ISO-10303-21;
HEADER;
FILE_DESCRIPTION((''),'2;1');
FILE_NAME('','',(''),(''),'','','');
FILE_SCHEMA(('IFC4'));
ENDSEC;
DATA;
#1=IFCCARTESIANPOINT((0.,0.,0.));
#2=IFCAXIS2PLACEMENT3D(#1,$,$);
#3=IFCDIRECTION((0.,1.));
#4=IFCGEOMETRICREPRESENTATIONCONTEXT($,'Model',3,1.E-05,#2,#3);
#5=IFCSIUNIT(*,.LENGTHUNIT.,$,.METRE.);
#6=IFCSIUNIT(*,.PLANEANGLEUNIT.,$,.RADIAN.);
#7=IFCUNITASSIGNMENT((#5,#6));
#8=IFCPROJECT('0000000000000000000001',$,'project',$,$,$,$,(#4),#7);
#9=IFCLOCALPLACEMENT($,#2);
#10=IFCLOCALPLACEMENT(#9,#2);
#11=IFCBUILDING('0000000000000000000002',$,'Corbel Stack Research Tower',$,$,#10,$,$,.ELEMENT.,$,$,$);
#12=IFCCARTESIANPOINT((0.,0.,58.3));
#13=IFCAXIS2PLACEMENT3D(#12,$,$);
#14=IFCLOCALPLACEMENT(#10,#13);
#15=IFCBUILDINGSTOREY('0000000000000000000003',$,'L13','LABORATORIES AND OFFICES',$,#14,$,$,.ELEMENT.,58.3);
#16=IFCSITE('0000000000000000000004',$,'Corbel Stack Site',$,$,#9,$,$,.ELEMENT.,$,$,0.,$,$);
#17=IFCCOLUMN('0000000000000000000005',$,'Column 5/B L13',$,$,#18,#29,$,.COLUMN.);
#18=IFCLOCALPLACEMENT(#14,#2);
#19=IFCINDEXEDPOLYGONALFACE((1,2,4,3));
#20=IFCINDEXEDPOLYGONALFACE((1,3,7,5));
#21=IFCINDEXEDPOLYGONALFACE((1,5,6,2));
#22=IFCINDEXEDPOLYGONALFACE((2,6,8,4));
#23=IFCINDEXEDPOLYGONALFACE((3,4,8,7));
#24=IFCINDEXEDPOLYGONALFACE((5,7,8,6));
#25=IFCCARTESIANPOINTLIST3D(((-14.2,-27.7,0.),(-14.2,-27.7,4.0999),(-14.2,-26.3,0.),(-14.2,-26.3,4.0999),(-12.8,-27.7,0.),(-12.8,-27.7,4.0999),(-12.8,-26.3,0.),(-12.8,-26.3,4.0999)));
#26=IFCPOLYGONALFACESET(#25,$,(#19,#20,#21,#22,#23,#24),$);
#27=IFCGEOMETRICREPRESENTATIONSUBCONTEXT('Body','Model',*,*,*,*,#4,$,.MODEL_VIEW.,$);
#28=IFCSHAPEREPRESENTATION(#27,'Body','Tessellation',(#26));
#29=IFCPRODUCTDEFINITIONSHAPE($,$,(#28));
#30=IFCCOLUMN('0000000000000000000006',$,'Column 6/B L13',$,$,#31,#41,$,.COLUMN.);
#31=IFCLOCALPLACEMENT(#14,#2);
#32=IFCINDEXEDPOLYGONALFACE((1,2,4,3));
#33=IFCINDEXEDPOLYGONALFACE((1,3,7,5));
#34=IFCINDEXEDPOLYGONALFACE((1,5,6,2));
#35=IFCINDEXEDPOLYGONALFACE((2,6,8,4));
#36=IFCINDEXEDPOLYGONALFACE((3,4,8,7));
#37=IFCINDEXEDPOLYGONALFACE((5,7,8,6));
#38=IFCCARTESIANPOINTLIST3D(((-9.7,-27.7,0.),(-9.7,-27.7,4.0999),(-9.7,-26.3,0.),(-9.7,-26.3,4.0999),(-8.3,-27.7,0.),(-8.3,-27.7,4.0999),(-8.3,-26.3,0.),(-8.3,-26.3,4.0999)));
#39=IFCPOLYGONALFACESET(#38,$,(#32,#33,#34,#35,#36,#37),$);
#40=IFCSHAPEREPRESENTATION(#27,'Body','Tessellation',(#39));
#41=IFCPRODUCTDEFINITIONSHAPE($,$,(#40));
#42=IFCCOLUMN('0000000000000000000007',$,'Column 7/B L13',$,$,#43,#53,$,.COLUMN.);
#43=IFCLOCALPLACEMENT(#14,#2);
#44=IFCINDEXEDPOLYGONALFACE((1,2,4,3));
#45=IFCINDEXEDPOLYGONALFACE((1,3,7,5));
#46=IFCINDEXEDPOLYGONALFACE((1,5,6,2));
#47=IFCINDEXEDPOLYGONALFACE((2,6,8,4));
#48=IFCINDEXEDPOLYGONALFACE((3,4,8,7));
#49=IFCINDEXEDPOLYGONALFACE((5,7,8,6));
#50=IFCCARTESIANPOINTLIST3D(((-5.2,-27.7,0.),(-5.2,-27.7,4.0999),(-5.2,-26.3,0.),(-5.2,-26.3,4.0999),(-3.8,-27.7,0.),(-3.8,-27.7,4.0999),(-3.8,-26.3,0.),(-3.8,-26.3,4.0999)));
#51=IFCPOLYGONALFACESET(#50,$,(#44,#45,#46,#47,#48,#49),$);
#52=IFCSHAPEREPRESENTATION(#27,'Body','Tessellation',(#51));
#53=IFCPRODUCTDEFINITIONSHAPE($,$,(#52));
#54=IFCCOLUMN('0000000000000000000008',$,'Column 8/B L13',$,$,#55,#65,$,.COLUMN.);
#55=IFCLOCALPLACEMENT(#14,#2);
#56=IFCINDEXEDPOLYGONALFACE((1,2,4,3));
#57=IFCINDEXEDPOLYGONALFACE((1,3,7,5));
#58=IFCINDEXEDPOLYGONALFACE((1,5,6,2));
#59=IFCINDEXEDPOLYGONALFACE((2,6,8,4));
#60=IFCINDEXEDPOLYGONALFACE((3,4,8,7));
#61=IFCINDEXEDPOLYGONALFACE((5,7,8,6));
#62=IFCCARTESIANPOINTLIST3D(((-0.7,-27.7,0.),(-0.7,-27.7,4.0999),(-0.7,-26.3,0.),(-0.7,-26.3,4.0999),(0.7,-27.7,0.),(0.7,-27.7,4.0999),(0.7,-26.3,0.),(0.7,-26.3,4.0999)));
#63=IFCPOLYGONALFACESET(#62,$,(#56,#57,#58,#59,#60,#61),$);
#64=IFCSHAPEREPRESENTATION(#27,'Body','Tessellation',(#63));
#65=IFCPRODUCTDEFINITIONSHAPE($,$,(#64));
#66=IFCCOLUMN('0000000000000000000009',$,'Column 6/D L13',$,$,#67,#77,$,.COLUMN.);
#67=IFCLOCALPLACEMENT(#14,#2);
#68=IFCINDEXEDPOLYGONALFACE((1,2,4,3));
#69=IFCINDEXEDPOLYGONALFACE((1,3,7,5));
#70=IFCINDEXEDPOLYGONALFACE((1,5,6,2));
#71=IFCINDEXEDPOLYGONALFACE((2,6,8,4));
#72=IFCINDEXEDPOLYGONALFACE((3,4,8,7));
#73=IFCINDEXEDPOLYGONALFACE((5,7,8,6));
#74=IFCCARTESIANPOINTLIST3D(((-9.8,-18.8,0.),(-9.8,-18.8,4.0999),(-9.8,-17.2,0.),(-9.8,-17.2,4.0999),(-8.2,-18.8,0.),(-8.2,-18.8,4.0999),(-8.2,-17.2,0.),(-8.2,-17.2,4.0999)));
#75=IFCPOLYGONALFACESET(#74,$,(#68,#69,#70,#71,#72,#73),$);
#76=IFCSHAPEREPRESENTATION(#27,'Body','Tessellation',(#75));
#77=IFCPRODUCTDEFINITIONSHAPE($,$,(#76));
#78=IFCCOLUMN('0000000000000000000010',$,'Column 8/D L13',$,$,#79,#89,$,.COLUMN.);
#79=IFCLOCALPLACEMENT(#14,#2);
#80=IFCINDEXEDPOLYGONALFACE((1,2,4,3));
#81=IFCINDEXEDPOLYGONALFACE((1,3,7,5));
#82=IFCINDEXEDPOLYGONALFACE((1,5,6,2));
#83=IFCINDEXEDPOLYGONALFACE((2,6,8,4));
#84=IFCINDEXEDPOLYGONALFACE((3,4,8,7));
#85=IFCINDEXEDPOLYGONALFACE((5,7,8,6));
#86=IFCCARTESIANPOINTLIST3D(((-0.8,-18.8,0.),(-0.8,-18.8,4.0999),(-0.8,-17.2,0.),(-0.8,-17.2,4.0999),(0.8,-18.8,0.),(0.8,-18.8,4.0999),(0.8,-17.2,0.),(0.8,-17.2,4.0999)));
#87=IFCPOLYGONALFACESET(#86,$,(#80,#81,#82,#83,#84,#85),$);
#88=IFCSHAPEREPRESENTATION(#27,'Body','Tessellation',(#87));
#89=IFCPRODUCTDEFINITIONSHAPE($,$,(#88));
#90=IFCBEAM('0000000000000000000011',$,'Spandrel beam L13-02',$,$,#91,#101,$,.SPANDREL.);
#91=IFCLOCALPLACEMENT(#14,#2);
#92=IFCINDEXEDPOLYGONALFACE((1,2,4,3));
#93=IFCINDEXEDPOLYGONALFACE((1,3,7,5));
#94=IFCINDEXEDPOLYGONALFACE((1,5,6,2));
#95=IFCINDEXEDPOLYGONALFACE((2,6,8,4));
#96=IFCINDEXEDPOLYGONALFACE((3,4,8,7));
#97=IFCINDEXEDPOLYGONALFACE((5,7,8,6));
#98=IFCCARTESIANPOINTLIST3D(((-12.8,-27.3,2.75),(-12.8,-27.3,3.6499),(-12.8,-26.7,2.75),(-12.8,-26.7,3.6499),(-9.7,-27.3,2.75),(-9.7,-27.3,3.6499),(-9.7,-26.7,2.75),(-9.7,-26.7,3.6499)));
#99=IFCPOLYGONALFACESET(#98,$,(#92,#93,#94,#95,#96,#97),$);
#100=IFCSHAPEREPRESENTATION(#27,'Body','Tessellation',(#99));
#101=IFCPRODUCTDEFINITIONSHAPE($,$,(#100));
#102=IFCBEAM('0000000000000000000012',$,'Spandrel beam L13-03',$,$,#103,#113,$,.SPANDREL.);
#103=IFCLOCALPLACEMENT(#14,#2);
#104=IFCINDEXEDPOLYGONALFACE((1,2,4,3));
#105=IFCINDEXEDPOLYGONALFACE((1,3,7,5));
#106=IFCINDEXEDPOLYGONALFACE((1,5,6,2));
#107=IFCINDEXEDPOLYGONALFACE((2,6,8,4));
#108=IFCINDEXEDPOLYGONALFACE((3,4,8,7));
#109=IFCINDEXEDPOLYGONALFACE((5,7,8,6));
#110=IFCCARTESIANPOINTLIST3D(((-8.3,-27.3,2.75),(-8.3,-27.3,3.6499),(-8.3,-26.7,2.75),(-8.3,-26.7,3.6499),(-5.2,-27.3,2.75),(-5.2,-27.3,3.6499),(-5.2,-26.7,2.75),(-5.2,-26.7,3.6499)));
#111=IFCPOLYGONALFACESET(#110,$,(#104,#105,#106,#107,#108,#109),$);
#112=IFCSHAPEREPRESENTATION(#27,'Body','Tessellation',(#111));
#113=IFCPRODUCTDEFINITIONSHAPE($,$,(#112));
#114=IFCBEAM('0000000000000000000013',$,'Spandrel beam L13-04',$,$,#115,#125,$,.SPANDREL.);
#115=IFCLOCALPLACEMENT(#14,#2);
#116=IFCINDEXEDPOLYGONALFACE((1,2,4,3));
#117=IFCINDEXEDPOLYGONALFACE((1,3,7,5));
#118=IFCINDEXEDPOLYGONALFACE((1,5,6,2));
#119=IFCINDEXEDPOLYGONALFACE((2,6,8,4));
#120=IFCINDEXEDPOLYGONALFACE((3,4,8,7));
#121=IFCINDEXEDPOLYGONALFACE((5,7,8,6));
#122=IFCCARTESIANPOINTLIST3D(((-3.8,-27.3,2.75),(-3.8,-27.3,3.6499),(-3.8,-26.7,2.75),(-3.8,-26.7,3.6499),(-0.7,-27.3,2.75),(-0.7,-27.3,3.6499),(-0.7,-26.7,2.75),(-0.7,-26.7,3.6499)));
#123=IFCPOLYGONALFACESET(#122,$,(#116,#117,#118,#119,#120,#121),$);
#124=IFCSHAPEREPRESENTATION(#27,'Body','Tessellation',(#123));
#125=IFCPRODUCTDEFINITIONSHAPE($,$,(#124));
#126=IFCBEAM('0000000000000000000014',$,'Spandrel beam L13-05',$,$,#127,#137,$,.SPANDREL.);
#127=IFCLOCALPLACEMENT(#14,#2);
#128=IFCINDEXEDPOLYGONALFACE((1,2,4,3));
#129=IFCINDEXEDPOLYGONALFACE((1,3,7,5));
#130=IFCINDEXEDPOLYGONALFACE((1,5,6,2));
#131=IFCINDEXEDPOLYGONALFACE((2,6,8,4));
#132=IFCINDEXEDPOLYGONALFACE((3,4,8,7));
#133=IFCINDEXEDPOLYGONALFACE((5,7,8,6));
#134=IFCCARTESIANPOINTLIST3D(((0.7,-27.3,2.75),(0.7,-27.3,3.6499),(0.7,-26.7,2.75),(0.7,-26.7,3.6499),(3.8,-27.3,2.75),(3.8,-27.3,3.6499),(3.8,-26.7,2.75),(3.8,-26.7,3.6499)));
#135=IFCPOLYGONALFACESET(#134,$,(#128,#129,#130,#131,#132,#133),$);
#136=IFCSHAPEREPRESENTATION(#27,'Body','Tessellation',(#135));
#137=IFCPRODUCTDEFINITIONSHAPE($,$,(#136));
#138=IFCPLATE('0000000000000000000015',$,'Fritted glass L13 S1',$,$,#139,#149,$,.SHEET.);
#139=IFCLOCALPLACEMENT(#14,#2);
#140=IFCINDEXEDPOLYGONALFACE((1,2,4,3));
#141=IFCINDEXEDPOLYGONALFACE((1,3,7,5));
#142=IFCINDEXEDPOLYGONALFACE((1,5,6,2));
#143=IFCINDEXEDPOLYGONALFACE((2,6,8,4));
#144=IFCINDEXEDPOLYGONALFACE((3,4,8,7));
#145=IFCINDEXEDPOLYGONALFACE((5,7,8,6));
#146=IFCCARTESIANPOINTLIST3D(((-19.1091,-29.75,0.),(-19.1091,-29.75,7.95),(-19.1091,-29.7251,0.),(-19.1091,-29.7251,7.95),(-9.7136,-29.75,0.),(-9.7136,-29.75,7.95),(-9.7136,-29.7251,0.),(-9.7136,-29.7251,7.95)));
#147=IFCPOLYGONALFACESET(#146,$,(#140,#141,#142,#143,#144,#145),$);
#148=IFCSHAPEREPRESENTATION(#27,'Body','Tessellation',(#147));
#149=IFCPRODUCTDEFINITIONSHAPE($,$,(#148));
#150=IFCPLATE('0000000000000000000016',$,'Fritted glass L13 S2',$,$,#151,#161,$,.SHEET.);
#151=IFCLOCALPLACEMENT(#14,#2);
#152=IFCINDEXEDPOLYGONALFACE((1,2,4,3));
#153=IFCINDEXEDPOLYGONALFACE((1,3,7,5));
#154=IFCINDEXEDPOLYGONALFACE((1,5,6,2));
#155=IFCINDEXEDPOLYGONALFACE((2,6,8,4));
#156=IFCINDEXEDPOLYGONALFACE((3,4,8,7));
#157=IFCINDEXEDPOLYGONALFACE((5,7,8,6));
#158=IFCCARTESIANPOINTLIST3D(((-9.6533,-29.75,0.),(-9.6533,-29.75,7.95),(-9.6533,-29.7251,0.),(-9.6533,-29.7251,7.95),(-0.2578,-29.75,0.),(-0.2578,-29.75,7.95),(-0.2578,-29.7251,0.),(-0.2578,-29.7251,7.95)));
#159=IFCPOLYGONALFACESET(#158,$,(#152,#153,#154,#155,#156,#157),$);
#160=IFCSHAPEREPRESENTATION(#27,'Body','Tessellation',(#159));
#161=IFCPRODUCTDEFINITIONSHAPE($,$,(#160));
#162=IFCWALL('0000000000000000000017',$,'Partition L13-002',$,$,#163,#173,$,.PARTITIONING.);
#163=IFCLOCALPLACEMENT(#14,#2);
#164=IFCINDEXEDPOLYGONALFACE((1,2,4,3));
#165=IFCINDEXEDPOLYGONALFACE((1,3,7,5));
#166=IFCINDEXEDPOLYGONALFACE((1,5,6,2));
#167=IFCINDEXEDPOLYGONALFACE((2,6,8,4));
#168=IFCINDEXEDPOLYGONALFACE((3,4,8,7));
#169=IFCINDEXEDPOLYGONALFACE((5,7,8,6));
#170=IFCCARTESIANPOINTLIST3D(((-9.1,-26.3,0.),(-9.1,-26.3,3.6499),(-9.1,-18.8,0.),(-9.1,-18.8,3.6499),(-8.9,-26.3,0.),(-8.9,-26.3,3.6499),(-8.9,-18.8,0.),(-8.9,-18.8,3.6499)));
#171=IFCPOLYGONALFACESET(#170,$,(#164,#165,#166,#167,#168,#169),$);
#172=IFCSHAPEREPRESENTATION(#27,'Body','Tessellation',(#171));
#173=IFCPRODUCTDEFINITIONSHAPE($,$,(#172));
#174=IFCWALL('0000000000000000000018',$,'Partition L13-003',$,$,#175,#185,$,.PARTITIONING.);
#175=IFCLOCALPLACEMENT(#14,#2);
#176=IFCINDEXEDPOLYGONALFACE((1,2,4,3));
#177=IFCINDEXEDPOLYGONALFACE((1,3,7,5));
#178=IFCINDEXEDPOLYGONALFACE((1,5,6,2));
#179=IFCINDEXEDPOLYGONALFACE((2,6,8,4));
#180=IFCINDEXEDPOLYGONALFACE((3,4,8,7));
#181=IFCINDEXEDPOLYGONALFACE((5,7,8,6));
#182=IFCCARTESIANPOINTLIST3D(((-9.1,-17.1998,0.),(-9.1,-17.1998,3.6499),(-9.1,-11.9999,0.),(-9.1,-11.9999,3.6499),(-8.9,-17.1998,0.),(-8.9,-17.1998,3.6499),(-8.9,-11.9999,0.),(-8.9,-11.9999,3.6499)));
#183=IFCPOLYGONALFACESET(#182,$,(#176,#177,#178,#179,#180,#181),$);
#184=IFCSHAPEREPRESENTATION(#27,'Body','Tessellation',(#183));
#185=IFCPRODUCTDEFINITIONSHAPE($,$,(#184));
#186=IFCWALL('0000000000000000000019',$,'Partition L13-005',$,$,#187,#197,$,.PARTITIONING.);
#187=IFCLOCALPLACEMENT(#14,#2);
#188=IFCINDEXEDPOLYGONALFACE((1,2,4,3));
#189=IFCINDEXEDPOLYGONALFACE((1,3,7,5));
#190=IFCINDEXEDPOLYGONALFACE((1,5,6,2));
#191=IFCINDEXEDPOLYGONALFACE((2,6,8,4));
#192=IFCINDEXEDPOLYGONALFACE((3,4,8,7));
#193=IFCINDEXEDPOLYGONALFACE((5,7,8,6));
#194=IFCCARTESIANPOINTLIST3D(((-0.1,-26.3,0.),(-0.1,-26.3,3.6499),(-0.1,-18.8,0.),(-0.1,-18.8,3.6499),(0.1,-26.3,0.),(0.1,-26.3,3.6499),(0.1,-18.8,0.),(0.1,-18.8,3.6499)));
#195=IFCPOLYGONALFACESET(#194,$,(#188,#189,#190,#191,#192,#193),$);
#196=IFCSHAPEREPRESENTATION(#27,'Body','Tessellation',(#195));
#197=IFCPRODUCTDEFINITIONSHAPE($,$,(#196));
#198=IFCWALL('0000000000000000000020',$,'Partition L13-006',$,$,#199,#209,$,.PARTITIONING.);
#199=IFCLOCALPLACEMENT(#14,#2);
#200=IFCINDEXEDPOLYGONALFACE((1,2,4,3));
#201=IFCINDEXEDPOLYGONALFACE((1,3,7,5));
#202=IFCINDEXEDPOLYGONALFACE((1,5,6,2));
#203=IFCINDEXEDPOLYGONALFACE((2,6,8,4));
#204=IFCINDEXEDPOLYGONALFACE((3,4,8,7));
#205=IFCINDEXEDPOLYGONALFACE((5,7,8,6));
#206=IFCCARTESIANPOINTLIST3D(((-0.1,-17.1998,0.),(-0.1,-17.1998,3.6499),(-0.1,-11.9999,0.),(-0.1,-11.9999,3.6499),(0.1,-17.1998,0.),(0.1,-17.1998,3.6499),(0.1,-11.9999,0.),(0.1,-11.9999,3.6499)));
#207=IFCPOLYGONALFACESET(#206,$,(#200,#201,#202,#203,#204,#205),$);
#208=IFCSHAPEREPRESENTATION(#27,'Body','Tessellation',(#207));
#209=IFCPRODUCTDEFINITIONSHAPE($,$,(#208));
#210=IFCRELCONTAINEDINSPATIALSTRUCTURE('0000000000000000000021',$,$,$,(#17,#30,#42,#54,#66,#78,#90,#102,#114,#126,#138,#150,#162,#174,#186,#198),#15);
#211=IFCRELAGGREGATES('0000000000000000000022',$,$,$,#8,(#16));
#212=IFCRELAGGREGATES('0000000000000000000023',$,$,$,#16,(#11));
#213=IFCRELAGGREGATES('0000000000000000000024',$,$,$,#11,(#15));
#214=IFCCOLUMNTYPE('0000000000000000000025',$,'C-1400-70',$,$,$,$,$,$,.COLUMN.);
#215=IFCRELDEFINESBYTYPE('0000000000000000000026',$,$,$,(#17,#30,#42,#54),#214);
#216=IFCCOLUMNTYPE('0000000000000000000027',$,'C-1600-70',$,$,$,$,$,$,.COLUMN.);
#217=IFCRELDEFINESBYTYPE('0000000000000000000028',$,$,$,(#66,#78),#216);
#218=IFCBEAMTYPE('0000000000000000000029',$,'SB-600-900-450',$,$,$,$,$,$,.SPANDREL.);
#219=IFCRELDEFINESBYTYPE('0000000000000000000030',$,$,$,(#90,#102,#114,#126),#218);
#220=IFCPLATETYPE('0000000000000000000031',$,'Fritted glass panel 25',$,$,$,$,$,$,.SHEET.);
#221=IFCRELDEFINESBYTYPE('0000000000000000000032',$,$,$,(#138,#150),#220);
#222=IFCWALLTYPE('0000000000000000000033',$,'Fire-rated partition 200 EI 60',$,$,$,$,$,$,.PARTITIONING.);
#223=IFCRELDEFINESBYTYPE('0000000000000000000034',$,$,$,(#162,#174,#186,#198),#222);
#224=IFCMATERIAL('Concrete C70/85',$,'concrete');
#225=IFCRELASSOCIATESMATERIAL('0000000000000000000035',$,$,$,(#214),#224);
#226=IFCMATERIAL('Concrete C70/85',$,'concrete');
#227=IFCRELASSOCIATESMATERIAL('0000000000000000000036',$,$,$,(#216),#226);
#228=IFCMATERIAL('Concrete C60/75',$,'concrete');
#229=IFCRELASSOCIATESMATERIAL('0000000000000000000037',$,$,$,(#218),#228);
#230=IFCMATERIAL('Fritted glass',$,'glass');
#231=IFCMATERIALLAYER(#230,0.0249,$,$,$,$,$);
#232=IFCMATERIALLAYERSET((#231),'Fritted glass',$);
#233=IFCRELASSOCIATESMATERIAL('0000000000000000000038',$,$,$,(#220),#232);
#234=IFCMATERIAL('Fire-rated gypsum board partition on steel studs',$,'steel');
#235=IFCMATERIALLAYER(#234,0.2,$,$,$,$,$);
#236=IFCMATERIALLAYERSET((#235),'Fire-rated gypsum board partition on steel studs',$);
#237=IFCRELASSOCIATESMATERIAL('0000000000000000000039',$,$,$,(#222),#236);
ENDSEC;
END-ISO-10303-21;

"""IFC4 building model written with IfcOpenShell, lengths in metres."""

from ifc_helpers import new_model, si_unit, direction, frame, frame_2d, origin, origin_2d, place, context, subcontext, project, spatial, rectangle, extrude, material, layer, layer_set, material_profile, profile_set, type_object, element, save


model = new_model("IFC4")

# Units and contexts
model_context = context("Model", 3, precision=1e-05, world=origin(), true_north=direction((0.0, 1.0)))
body_context = subcontext(model_context, "Body", "Model", "MODEL_VIEW")
ifc_project = project(units=[si_unit("LENGTHUNIT", "METRE"), si_unit("PLANEANGLEUNIT", "RADIAN")], contexts=[model_context])

# Site, building, storey
site_placement = place(None, origin())
site = spatial("IfcSite", under=ifc_project, at=site_placement, Name="Corbel Stack Site", CompositionType="ELEMENT", RefElevation=0.0)
building_placement = place(site_placement, origin())
building = spatial("IfcBuilding", under=site, at=building_placement, Name="Corbel Stack Research Tower", CompositionType="ELEMENT")
storey_placement = place(building_placement, frame((0.0, 0.0, 58.3)))
storey = spatial("IfcBuildingStorey", under=building, at=storey_placement, Name="L13", Description="LABORATORIES AND OFFICES", CompositionType="ELEMENT", Elevation=58.3)

# Columns
ifc_material_1 = material(Name="Concrete C70/85", Category="concrete")
ifc_material_profile_1 = material_profile(ifc_material_1, rectangle(XDim=1.3999, YDim=1.3999, at=origin_2d()), Name="RC 1400 x 1400")
ifc_profile_set_1 = profile_set([ifc_material_profile_1], Name="Concrete C70/85")
column_type_1 = type_object("IfcColumnType", Name="C-1400-70", PredefinedType="COLUMN", material=ifc_profile_set_1)
for number, where, z_axis, x_axis, name in (
    (1, (-13.5, -27.0, 0.0), (0.0, 0.0, 1.0), (1.0, 0.0, 0.0), "Column 5/B L13"),
    (2, (-9.0, -27.0, 0.0), (0.0, 0.0, 1.0), (1.0, 0.0, 0.0), "Column 6/B L13"),
    (3, (-4.5, -27.0, 0.0), (0.0, 0.0, 1.0), (1.0, 0.0, 0.0), "Column 7/B L13"),
    (4, (0.0, -27.0, 0.0), (0.0, 0.0, 1.0), (1.0, 0.0, 0.0), "Column 8/B L13"),
):
    element("IfcColumn", number, at=place(storey_placement, frame(where, z_axis=z_axis, x_axis=x_axis)), inside=storey, type_object=column_type_1, Name=name, PredefinedType="COLUMN", context=body_context, shape_type="SweptSolid", body=[
        extrude(rectangle(XDim=1.3999, YDim=1.3999, at=origin_2d()), origin(), (0.0, 0.0, 1.0), 4.0999),
    ])
ifc_material_2 = material(Name="Concrete C70/85", Category="concrete")
ifc_material_profile_2 = material_profile(ifc_material_2, rectangle(XDim=1.6001, YDim=1.6001, at=origin_2d()), Name="RC 1600 x 1600")
ifc_profile_set_2 = profile_set([ifc_material_profile_2], Name="Concrete C70/85")
column_type_2 = type_object("IfcColumnType", Name="C-1600-70", PredefinedType="COLUMN", material=ifc_profile_set_2)
for number, where, z_axis, x_axis, name in (
    (5, (-9.0, -18.0, 0.0), (0.0, 0.0, 1.0), (1.0, 0.0, 0.0), "Column 6/D L13"),
    (6, (0.0, -18.0, 0.0), (0.0, 0.0, 1.0), (1.0, 0.0, 0.0), "Column 8/D L13"),
):
    element("IfcColumn", number, at=place(storey_placement, frame(where, z_axis=z_axis, x_axis=x_axis)), inside=storey, type_object=column_type_2, Name=name, PredefinedType="COLUMN", context=body_context, shape_type="SweptSolid", body=[
        extrude(rectangle(XDim=1.6001, YDim=1.6001, at=origin_2d()), origin(), (0.0, 0.0, 1.0), 4.0999),
    ])

# Beams
ifc_material_3 = material(Name="Concrete C60/75", Category="concrete")
ifc_material_profile_3 = material_profile(ifc_material_3, rectangle(XDim=0.6001, YDim=0.8999, at=origin_2d()), Name="RC 600 x 900")
ifc_profile_set_3 = profile_set([ifc_material_profile_3], Name="Concrete C60/75")
beam_type = type_object("IfcBeamType", Name="SB-600-900-450", PredefinedType="SPANDREL", material=ifc_profile_set_3)
for number, where, z_axis, x_axis, name in (
    (7, (-12.8, -27.0, 3.2), (1.0, 0.0, 0.0), (0.0, 1.0, 0.0), "Spandrel beam L13-02"),
    (8, (-8.3, -27.0, 3.2), (1.0, 0.0, 0.0), (0.0, 1.0, 0.0), "Spandrel beam L13-03"),
    (9, (-3.8, -27.0, 3.2), (1.0, 0.0, 0.0), (0.0, 1.0, 0.0), "Spandrel beam L13-04"),
    (10, (0.7, -27.0, 3.2), (1.0, 0.0, 0.0), (0.0, 1.0, 0.0), "Spandrel beam L13-05"),
):
    element("IfcBeam", number, at=place(storey_placement, frame(where, z_axis=z_axis, x_axis=x_axis)), inside=storey, type_object=beam_type, Name=name, PredefinedType="SPANDREL", context=body_context, shape_type="SweptSolid", body=[
        extrude(rectangle(XDim=0.6001, YDim=0.8999, at=origin_2d()), origin(), (0.0, 0.0, 1.0), 3.1001),
    ])

# Plates
ifc_material_4 = material(Name="Fritted glass", Category="glass")
ifc_layer_1 = layer(ifc_material_4, 0.0249)
ifc_layer_set_1 = layer_set([ifc_layer_1], Name="Fritted glass")
plate_type = type_object("IfcPlateType", Name="Fritted glass panel 25", PredefinedType="SHEET", material=ifc_layer_set_1)
for number, where, z_axis, x_axis, name in (
    (11, (-14.4114, -29.7375, 0.0), (0.0, 0.0, 1.0), (1.0, 0.0, 0.0), "Fritted glass L13 S1"),
    (12, (-4.9556, -29.7375, 0.0), (0.0, 0.0, 1.0), (1.0, 0.0, 0.0), "Fritted glass L13 S2"),
):
    element("IfcPlate", number, at=place(storey_placement, frame(where, z_axis=z_axis, x_axis=x_axis)), inside=storey, type_object=plate_type, Name=name, PredefinedType="SHEET", context=body_context, shape_type="SweptSolid", body=[
        extrude(rectangle(XDim=9.3955, YDim=0.0249, at=origin_2d()), origin(), (0.0, 0.0, 1.0), 7.95),
    ])

# Walls
ifc_material_5 = material(Name="Fire-rated gypsum board partition on steel studs", Category="steel")
ifc_layer_2 = layer(ifc_material_5, 0.2)
ifc_layer_set_2 = layer_set([ifc_layer_2], Name="Fire-rated gypsum board partition on steel studs")
wall_type_1 = type_object("IfcWallType", Name="Fire-rated partition 200 EI 60", PredefinedType="PARTITIONING", material=ifc_layer_set_2)
wall_1_placement = place(storey_placement, frame((-9.0, -26.3, 0.0), z_axis=(0.0, 0.0, 1.0), x_axis=(0.0, 1.0, 0.0)))
element("IfcWall", 13, at=wall_1_placement, inside=storey, type_object=wall_type_1, Name="Partition L13-002", PredefinedType="PARTITIONING", context=body_context, shape_type="SweptSolid", body=[
    extrude(rectangle(XDim=7.5, YDim=0.2, at=frame_2d((3.75, 0.0))), origin(), (0.0, 0.0, 1.0), 3.6499),
])
wall_2_placement = place(storey_placement, frame((-9.0, -17.2, 0.0), z_axis=(0.0, 0.0, 1.0), x_axis=(0.0, 1.0, 0.0)))
element("IfcWall", 14, at=wall_2_placement, inside=storey, type_object=wall_type_1, Name="Partition L13-003", PredefinedType="PARTITIONING", context=body_context, shape_type="SweptSolid", body=[
    extrude(rectangle(XDim=5.2, YDim=0.2, at=frame_2d((2.6001, 0.0))), origin(), (0.0, 0.0, 1.0), 3.6499),
])
wall_3_placement = place(storey_placement, frame((0.0, -26.3, 0.0), z_axis=(0.0, 0.0, 1.0), x_axis=(0.0, 1.0, 0.0)))
element("IfcWall", 15, at=wall_3_placement, inside=storey, type_object=wall_type_1, Name="Partition L13-005", PredefinedType="PARTITIONING", context=body_context, shape_type="SweptSolid", body=[
    extrude(rectangle(XDim=7.5, YDim=0.2, at=frame_2d((3.75, 0.0))), origin(), (0.0, 0.0, 1.0), 3.6499),
])
wall_4_placement = place(storey_placement, frame((0.0, -17.2, 0.0), z_axis=(0.0, 0.0, 1.0), x_axis=(0.0, 1.0, 0.0)))
element("IfcWall", 16, at=wall_4_placement, inside=storey, type_object=wall_type_1, Name="Partition L13-006", PredefinedType="PARTITIONING", context=body_context, shape_type="SweptSolid", body=[
    extrude(rectangle(XDim=5.2, YDim=0.2, at=frame_2d((2.6001, 0.0))), origin(), (0.0, 0.0, 1.0), 3.6499),
])

save(model, "model.ifc")
